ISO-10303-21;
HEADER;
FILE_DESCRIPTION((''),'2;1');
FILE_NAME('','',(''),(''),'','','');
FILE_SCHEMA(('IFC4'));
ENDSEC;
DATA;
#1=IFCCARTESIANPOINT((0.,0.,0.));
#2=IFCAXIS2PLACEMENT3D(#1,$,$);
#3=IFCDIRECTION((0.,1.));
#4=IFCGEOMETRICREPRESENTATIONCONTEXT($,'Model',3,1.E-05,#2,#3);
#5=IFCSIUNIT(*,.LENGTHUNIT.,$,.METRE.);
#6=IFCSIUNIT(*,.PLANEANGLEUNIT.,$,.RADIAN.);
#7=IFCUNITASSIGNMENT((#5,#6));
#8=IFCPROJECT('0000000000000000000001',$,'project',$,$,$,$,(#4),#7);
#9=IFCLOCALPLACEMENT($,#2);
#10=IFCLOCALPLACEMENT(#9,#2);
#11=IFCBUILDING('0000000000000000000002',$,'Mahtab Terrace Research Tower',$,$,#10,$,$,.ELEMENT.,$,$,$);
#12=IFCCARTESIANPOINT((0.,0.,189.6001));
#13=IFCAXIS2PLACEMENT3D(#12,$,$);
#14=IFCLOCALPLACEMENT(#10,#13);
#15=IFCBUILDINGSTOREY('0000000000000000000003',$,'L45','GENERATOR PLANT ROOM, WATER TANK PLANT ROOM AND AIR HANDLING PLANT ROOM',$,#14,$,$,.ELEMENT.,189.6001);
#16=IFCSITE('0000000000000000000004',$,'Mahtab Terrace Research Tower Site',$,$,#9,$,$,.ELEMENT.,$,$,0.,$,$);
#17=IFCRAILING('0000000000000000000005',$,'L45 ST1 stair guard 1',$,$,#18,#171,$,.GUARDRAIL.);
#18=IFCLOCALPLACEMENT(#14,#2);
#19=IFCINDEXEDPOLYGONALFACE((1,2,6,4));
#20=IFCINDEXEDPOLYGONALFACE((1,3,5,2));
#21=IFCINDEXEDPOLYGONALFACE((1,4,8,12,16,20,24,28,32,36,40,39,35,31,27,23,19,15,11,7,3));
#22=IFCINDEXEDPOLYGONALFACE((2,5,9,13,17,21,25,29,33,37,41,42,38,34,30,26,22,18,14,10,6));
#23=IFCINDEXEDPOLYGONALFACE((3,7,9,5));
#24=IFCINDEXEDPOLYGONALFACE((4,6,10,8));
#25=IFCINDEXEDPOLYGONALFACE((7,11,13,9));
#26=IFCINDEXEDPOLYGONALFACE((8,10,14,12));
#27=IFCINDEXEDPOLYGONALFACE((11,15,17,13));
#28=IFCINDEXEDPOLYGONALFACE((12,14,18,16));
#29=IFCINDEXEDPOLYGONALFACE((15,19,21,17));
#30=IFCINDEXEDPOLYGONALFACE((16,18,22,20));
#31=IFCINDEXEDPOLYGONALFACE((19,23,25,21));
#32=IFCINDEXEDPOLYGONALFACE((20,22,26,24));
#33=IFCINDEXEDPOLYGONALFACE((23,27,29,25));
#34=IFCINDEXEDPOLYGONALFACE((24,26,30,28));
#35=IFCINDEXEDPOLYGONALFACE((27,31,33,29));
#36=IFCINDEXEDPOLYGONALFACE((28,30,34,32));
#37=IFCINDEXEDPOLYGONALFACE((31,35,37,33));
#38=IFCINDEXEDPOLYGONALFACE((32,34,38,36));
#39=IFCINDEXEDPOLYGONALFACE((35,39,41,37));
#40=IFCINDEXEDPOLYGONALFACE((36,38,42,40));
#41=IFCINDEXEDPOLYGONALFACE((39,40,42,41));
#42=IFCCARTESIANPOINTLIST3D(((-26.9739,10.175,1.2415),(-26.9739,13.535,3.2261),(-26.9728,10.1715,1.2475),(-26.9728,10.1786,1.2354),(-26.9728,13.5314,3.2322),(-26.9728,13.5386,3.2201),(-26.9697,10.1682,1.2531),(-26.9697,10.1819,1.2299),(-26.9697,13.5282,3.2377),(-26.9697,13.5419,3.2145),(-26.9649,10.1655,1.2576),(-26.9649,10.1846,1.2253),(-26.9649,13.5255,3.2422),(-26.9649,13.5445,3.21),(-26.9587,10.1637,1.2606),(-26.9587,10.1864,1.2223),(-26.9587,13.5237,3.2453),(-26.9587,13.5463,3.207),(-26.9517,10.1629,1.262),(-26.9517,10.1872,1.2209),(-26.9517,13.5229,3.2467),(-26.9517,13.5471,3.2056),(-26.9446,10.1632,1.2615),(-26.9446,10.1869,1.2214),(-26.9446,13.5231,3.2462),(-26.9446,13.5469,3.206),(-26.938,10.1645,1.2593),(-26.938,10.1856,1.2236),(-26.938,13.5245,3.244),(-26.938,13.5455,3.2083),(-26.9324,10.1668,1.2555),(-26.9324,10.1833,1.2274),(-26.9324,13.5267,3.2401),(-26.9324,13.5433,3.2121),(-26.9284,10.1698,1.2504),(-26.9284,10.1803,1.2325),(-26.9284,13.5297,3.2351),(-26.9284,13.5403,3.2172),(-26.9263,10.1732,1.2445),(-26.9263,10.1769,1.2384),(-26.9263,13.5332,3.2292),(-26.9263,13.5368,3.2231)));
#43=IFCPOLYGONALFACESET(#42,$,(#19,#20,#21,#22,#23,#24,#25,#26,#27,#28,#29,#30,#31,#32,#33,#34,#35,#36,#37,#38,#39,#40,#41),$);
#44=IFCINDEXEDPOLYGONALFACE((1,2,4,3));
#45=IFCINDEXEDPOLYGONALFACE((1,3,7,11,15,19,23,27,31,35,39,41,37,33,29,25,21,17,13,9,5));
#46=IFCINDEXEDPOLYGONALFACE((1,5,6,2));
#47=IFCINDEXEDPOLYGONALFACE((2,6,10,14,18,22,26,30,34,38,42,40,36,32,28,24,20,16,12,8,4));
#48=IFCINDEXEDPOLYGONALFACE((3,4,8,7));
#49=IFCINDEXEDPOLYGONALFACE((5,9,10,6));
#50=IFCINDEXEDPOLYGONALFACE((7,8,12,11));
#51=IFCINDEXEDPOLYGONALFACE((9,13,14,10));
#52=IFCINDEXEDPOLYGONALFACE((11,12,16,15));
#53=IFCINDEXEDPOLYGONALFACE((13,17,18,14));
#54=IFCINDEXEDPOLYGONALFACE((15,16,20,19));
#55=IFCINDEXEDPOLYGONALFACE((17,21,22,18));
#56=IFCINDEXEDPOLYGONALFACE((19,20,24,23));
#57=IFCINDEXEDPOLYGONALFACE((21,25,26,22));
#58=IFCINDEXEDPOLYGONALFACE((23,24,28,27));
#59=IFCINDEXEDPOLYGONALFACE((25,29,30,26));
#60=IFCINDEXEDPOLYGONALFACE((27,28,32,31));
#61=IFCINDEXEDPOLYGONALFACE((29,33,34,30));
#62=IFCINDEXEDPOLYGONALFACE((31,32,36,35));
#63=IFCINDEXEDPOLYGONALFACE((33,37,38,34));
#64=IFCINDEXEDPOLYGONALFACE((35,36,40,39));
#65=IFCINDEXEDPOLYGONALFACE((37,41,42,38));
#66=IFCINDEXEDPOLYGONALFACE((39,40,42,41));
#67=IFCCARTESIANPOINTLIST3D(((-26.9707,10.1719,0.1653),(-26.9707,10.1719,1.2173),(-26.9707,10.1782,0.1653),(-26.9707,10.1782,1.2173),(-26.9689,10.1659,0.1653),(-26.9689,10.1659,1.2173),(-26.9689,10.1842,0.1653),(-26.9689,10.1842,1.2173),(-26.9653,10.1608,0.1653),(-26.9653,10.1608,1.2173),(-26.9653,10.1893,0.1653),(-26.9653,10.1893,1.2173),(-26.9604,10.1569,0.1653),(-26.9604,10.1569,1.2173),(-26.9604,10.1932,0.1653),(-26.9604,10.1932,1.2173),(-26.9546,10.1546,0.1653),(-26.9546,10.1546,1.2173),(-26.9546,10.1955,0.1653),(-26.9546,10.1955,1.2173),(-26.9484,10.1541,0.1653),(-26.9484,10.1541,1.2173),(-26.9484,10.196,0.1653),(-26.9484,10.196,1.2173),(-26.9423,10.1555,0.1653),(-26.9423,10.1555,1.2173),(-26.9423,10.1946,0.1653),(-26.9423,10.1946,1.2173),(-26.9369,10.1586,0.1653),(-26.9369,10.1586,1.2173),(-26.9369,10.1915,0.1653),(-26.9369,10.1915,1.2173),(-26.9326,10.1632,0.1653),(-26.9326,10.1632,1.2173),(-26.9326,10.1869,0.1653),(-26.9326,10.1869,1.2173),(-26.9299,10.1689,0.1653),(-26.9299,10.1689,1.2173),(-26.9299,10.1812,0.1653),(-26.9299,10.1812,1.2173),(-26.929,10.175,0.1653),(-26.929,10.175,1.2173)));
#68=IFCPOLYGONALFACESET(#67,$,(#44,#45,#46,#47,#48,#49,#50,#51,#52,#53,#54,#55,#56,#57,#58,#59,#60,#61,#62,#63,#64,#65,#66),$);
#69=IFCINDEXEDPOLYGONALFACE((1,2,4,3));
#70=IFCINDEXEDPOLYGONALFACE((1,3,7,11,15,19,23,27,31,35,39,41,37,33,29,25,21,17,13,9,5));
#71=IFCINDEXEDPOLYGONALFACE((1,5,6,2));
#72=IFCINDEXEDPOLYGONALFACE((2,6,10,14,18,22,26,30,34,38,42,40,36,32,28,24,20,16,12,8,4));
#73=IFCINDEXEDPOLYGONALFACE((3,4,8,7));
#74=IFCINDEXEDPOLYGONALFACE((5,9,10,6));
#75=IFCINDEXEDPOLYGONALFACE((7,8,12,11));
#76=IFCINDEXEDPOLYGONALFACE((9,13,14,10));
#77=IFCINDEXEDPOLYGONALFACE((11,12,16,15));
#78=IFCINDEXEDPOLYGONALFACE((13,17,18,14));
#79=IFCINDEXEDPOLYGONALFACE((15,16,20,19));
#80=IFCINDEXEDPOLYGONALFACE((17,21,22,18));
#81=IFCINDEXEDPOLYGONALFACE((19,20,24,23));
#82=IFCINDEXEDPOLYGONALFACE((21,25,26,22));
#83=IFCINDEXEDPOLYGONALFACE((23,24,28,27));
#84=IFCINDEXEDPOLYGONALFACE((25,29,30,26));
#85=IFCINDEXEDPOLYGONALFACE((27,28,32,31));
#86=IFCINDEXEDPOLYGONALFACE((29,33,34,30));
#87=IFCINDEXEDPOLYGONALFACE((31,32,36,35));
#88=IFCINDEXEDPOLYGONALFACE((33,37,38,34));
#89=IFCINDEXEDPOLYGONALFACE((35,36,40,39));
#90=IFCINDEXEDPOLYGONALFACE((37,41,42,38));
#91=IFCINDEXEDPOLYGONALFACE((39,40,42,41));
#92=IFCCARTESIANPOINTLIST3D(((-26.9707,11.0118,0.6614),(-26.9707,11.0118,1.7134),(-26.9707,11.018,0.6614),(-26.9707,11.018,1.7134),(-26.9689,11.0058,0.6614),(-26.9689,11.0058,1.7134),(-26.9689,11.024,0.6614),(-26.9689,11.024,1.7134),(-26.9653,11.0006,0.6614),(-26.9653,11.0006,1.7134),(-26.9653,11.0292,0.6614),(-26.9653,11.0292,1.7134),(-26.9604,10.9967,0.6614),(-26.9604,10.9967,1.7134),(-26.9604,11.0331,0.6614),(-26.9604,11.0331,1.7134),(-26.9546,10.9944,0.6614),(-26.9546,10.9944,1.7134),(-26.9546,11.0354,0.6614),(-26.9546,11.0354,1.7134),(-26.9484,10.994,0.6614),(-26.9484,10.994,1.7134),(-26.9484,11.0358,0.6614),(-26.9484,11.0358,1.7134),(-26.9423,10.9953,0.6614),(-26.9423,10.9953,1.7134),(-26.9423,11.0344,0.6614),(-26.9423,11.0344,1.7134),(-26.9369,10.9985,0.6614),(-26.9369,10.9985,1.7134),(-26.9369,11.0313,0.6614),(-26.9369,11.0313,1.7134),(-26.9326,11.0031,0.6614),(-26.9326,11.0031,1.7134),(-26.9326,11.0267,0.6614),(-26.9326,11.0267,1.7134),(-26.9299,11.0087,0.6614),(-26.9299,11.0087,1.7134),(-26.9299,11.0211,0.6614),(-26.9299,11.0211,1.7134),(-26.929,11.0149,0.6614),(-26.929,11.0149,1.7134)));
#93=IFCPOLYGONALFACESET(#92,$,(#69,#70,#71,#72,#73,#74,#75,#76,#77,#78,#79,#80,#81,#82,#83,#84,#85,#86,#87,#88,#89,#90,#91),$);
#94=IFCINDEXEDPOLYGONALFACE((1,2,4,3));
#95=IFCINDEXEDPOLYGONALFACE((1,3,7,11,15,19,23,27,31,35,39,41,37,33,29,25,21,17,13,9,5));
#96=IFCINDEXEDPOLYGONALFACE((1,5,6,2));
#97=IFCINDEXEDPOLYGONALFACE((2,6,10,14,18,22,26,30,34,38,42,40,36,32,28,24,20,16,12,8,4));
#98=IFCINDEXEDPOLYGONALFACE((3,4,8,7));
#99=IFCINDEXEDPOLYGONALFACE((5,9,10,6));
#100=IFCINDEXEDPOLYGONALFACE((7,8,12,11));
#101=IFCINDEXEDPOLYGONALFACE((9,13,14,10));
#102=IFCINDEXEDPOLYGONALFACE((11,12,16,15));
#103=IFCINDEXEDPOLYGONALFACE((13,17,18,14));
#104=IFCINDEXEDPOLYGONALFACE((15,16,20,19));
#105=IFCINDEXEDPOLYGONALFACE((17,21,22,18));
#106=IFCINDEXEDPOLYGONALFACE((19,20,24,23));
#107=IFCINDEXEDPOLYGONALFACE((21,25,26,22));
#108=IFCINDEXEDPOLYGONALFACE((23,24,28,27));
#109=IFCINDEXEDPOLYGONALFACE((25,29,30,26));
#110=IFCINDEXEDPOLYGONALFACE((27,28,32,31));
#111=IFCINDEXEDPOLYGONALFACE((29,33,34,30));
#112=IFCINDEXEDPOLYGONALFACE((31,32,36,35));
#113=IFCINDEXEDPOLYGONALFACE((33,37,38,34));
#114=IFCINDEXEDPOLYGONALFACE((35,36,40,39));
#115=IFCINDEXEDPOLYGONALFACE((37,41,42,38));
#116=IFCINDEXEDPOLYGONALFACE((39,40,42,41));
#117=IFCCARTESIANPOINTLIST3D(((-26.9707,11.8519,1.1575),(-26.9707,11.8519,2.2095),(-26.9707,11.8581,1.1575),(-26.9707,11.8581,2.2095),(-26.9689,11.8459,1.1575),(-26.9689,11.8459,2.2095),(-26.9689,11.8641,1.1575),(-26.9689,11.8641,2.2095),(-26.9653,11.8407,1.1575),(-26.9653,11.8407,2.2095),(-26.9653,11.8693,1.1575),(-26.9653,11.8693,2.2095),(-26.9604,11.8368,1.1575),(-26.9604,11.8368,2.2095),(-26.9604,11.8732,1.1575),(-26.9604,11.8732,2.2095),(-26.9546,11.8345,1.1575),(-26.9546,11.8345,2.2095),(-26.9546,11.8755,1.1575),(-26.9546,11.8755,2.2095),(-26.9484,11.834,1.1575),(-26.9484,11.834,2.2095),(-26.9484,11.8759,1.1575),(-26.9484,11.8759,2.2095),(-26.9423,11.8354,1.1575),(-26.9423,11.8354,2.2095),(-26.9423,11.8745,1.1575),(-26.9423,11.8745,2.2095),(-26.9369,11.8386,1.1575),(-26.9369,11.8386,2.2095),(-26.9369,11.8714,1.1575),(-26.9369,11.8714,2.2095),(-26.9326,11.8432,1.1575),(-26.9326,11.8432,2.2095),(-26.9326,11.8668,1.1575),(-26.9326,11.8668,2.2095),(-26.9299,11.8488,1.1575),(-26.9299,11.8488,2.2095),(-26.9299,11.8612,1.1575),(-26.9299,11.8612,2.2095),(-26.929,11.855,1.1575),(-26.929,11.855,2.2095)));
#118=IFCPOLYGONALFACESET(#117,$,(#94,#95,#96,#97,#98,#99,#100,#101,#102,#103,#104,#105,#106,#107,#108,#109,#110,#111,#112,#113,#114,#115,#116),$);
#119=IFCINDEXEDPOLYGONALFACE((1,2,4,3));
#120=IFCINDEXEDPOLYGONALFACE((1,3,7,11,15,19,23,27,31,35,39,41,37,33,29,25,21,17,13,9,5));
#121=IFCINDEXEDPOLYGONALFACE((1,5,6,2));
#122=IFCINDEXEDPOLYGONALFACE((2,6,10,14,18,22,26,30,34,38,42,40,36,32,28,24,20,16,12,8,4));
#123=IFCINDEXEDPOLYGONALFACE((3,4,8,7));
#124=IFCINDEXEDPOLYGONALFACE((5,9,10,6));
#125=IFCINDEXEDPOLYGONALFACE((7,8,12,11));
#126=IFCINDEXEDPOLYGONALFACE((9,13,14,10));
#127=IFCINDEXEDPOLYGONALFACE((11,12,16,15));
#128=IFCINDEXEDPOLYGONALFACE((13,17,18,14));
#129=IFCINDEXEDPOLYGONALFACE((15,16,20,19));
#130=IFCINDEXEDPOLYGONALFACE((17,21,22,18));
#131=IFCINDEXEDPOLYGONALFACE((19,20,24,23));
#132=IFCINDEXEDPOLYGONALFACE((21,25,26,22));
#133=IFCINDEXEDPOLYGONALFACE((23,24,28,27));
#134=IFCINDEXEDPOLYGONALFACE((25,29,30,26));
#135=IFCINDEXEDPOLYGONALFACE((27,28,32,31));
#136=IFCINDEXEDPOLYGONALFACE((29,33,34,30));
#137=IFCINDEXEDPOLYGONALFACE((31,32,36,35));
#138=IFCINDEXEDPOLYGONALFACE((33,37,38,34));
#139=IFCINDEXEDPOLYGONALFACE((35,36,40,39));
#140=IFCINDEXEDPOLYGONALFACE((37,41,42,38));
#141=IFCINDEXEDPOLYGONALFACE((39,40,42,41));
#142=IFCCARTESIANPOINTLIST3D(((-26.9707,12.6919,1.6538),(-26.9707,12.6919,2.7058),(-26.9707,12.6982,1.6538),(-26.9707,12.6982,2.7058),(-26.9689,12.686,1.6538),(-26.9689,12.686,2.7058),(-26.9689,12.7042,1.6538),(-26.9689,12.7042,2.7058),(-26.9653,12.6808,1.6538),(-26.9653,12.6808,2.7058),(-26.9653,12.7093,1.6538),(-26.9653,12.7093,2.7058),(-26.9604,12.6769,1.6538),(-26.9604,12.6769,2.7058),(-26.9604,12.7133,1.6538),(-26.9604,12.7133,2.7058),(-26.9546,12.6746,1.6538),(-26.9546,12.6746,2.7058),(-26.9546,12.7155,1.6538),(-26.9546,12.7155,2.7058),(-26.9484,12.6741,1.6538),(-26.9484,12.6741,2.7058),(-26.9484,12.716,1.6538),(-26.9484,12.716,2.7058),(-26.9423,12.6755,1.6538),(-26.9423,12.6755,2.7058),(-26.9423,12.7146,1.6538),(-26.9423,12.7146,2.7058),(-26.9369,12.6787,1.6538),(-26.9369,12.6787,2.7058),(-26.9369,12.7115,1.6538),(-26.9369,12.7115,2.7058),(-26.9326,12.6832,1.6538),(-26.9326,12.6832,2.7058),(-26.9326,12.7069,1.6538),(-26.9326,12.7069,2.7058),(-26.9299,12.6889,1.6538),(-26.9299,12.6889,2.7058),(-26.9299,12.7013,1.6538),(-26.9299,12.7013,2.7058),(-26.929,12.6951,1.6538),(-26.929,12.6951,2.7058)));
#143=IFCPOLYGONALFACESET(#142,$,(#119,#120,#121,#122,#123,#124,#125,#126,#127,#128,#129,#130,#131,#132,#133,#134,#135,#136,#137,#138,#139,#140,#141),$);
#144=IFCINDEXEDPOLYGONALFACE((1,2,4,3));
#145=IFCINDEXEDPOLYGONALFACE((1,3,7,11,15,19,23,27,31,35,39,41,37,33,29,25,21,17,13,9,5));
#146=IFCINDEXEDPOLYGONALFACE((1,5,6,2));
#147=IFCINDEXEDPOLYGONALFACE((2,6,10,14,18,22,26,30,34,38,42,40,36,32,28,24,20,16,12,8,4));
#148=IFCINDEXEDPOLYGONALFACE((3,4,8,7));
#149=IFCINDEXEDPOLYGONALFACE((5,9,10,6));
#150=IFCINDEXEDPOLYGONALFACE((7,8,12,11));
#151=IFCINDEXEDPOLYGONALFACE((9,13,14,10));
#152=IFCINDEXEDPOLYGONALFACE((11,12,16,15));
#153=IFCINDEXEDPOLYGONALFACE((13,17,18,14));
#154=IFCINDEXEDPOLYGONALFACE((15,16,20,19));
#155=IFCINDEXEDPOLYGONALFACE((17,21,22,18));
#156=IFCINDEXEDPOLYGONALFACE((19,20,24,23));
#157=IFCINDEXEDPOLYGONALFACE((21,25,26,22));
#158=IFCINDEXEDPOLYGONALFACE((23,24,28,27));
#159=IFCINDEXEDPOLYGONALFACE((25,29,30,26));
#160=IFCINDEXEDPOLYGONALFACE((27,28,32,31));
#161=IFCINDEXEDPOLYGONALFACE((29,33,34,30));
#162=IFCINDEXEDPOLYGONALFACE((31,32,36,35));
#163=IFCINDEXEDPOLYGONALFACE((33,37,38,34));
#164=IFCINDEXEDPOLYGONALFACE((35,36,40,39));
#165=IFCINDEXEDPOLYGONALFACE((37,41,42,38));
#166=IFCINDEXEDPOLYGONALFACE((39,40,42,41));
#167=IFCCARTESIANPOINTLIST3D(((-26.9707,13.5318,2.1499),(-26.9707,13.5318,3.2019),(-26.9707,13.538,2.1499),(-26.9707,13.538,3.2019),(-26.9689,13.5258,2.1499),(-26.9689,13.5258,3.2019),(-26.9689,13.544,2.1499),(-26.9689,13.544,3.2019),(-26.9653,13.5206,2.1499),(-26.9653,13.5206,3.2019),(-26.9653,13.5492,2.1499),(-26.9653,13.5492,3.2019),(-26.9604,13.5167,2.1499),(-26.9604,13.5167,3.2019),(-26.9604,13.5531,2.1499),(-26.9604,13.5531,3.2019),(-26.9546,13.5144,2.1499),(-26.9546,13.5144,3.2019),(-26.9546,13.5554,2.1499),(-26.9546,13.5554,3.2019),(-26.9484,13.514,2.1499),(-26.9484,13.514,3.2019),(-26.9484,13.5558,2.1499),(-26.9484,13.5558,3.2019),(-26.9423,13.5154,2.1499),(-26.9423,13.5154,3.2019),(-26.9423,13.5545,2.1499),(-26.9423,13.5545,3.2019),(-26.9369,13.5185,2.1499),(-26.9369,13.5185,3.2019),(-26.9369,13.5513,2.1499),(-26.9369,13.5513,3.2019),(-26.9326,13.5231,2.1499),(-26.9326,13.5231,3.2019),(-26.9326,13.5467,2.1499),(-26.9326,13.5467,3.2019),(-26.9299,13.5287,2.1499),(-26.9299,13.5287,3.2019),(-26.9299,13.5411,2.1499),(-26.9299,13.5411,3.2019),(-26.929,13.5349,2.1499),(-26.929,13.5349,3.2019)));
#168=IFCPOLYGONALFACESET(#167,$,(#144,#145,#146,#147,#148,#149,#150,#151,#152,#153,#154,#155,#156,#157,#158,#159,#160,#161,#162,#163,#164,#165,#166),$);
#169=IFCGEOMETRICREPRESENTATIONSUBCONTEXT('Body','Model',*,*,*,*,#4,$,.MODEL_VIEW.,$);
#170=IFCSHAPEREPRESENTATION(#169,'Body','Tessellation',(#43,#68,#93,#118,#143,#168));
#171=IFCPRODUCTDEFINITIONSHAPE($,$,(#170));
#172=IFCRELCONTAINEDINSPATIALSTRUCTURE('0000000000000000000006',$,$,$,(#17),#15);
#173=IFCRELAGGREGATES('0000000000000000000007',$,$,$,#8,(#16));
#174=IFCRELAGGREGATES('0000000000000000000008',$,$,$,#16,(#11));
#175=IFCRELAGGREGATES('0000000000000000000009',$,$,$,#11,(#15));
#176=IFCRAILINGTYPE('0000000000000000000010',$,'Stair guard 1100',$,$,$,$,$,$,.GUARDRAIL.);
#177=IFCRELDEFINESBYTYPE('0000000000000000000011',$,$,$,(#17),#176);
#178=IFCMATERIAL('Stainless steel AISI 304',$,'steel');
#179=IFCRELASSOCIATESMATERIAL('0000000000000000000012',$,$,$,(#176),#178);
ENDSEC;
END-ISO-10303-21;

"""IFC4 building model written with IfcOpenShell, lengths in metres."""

from ifc_helpers import new_model, si_unit, direction, frame, origin, origin_2d, place, context, subcontext, project, spatial, circle, extrude, material, type_object, element, save


model = new_model("IFC4")

# Units and contexts
model_context = context("Model", 3, precision=1e-05, world=origin(), true_north=direction((0.0, 1.0)))
body_context = subcontext(model_context, "Body", "Model", "MODEL_VIEW")
ifc_project = project(units=[si_unit("LENGTHUNIT", "METRE"), si_unit("PLANEANGLEUNIT", "RADIAN")], contexts=[model_context])

# Site, building, storey
site_placement = place(None, origin())
site = spatial("IfcSite", under=ifc_project, at=site_placement, Name="Mahtab Terrace Research Tower Site", CompositionType="ELEMENT", RefElevation=0.0)
building_placement = place(site_placement, origin())
building = spatial("IfcBuilding", under=site, at=building_placement, Name="Mahtab Terrace Research Tower", CompositionType="ELEMENT")
storey_placement = place(building_placement, frame((0.0, 0.0, 189.6001)))
storey = spatial("IfcBuildingStorey", under=building, at=storey_placement, Name="L45", Description="GENERATOR PLANT ROOM, WATER TANK PLANT ROOM AND AIR HANDLING PLANT ROOM", CompositionType="ELEMENT", Elevation=189.6001)

# Railing
ifc_material_1 = material(Name="Stainless steel AISI 304", Category="steel")
railing_type_1 = type_object("IfcRailingType", Name="Stair guard 1100", PredefinedType="GUARDRAIL", material=ifc_material_1)
railing_1_placement = place(storey_placement, frame((-26.95, 10.175, 0.1653)))
element("IfcRailing", 1, at=railing_1_placement, inside=storey, type_object=railing_type_1, Name="L45 ST1 stair guard 1", PredefinedType="GUARDRAIL", context=body_context, shape_type="SweptSolid", body=[
    extrude(circle(Radius=0.0239, at=origin_2d()), frame((0.0, 0.0, 1.0762), z_axis=(0.0, 0.861011, 0.508586), x_axis=(-1.0, 0.0, 0.0)), (0.0, 0.0, 1.0), 3.9023),
    extrude(circle(Radius=0.021, at=origin_2d()), origin(), (0.0, 0.0, 1.0), 1.052),
    extrude(circle(Radius=0.021, at=origin_2d()), frame((0.0, 0.8398, 0.4961)), (0.0, 0.0, 1.0), 1.052),
    extrude(circle(Radius=0.021, at=origin_2d()), frame((0.0, 1.6799, 0.9922)), (0.0, 0.0, 1.0), 1.052),
    extrude(circle(Radius=0.021, at=origin_2d()), frame((0.0, 2.52, 1.4885)), (0.0, 0.0, 1.0), 1.052),
    extrude(circle(Radius=0.021, at=origin_2d()), frame((0.0, 3.3599, 1.9846)), (0.0, 0.0, 1.0), 1.052),
])

save(model, "model.ifc")
